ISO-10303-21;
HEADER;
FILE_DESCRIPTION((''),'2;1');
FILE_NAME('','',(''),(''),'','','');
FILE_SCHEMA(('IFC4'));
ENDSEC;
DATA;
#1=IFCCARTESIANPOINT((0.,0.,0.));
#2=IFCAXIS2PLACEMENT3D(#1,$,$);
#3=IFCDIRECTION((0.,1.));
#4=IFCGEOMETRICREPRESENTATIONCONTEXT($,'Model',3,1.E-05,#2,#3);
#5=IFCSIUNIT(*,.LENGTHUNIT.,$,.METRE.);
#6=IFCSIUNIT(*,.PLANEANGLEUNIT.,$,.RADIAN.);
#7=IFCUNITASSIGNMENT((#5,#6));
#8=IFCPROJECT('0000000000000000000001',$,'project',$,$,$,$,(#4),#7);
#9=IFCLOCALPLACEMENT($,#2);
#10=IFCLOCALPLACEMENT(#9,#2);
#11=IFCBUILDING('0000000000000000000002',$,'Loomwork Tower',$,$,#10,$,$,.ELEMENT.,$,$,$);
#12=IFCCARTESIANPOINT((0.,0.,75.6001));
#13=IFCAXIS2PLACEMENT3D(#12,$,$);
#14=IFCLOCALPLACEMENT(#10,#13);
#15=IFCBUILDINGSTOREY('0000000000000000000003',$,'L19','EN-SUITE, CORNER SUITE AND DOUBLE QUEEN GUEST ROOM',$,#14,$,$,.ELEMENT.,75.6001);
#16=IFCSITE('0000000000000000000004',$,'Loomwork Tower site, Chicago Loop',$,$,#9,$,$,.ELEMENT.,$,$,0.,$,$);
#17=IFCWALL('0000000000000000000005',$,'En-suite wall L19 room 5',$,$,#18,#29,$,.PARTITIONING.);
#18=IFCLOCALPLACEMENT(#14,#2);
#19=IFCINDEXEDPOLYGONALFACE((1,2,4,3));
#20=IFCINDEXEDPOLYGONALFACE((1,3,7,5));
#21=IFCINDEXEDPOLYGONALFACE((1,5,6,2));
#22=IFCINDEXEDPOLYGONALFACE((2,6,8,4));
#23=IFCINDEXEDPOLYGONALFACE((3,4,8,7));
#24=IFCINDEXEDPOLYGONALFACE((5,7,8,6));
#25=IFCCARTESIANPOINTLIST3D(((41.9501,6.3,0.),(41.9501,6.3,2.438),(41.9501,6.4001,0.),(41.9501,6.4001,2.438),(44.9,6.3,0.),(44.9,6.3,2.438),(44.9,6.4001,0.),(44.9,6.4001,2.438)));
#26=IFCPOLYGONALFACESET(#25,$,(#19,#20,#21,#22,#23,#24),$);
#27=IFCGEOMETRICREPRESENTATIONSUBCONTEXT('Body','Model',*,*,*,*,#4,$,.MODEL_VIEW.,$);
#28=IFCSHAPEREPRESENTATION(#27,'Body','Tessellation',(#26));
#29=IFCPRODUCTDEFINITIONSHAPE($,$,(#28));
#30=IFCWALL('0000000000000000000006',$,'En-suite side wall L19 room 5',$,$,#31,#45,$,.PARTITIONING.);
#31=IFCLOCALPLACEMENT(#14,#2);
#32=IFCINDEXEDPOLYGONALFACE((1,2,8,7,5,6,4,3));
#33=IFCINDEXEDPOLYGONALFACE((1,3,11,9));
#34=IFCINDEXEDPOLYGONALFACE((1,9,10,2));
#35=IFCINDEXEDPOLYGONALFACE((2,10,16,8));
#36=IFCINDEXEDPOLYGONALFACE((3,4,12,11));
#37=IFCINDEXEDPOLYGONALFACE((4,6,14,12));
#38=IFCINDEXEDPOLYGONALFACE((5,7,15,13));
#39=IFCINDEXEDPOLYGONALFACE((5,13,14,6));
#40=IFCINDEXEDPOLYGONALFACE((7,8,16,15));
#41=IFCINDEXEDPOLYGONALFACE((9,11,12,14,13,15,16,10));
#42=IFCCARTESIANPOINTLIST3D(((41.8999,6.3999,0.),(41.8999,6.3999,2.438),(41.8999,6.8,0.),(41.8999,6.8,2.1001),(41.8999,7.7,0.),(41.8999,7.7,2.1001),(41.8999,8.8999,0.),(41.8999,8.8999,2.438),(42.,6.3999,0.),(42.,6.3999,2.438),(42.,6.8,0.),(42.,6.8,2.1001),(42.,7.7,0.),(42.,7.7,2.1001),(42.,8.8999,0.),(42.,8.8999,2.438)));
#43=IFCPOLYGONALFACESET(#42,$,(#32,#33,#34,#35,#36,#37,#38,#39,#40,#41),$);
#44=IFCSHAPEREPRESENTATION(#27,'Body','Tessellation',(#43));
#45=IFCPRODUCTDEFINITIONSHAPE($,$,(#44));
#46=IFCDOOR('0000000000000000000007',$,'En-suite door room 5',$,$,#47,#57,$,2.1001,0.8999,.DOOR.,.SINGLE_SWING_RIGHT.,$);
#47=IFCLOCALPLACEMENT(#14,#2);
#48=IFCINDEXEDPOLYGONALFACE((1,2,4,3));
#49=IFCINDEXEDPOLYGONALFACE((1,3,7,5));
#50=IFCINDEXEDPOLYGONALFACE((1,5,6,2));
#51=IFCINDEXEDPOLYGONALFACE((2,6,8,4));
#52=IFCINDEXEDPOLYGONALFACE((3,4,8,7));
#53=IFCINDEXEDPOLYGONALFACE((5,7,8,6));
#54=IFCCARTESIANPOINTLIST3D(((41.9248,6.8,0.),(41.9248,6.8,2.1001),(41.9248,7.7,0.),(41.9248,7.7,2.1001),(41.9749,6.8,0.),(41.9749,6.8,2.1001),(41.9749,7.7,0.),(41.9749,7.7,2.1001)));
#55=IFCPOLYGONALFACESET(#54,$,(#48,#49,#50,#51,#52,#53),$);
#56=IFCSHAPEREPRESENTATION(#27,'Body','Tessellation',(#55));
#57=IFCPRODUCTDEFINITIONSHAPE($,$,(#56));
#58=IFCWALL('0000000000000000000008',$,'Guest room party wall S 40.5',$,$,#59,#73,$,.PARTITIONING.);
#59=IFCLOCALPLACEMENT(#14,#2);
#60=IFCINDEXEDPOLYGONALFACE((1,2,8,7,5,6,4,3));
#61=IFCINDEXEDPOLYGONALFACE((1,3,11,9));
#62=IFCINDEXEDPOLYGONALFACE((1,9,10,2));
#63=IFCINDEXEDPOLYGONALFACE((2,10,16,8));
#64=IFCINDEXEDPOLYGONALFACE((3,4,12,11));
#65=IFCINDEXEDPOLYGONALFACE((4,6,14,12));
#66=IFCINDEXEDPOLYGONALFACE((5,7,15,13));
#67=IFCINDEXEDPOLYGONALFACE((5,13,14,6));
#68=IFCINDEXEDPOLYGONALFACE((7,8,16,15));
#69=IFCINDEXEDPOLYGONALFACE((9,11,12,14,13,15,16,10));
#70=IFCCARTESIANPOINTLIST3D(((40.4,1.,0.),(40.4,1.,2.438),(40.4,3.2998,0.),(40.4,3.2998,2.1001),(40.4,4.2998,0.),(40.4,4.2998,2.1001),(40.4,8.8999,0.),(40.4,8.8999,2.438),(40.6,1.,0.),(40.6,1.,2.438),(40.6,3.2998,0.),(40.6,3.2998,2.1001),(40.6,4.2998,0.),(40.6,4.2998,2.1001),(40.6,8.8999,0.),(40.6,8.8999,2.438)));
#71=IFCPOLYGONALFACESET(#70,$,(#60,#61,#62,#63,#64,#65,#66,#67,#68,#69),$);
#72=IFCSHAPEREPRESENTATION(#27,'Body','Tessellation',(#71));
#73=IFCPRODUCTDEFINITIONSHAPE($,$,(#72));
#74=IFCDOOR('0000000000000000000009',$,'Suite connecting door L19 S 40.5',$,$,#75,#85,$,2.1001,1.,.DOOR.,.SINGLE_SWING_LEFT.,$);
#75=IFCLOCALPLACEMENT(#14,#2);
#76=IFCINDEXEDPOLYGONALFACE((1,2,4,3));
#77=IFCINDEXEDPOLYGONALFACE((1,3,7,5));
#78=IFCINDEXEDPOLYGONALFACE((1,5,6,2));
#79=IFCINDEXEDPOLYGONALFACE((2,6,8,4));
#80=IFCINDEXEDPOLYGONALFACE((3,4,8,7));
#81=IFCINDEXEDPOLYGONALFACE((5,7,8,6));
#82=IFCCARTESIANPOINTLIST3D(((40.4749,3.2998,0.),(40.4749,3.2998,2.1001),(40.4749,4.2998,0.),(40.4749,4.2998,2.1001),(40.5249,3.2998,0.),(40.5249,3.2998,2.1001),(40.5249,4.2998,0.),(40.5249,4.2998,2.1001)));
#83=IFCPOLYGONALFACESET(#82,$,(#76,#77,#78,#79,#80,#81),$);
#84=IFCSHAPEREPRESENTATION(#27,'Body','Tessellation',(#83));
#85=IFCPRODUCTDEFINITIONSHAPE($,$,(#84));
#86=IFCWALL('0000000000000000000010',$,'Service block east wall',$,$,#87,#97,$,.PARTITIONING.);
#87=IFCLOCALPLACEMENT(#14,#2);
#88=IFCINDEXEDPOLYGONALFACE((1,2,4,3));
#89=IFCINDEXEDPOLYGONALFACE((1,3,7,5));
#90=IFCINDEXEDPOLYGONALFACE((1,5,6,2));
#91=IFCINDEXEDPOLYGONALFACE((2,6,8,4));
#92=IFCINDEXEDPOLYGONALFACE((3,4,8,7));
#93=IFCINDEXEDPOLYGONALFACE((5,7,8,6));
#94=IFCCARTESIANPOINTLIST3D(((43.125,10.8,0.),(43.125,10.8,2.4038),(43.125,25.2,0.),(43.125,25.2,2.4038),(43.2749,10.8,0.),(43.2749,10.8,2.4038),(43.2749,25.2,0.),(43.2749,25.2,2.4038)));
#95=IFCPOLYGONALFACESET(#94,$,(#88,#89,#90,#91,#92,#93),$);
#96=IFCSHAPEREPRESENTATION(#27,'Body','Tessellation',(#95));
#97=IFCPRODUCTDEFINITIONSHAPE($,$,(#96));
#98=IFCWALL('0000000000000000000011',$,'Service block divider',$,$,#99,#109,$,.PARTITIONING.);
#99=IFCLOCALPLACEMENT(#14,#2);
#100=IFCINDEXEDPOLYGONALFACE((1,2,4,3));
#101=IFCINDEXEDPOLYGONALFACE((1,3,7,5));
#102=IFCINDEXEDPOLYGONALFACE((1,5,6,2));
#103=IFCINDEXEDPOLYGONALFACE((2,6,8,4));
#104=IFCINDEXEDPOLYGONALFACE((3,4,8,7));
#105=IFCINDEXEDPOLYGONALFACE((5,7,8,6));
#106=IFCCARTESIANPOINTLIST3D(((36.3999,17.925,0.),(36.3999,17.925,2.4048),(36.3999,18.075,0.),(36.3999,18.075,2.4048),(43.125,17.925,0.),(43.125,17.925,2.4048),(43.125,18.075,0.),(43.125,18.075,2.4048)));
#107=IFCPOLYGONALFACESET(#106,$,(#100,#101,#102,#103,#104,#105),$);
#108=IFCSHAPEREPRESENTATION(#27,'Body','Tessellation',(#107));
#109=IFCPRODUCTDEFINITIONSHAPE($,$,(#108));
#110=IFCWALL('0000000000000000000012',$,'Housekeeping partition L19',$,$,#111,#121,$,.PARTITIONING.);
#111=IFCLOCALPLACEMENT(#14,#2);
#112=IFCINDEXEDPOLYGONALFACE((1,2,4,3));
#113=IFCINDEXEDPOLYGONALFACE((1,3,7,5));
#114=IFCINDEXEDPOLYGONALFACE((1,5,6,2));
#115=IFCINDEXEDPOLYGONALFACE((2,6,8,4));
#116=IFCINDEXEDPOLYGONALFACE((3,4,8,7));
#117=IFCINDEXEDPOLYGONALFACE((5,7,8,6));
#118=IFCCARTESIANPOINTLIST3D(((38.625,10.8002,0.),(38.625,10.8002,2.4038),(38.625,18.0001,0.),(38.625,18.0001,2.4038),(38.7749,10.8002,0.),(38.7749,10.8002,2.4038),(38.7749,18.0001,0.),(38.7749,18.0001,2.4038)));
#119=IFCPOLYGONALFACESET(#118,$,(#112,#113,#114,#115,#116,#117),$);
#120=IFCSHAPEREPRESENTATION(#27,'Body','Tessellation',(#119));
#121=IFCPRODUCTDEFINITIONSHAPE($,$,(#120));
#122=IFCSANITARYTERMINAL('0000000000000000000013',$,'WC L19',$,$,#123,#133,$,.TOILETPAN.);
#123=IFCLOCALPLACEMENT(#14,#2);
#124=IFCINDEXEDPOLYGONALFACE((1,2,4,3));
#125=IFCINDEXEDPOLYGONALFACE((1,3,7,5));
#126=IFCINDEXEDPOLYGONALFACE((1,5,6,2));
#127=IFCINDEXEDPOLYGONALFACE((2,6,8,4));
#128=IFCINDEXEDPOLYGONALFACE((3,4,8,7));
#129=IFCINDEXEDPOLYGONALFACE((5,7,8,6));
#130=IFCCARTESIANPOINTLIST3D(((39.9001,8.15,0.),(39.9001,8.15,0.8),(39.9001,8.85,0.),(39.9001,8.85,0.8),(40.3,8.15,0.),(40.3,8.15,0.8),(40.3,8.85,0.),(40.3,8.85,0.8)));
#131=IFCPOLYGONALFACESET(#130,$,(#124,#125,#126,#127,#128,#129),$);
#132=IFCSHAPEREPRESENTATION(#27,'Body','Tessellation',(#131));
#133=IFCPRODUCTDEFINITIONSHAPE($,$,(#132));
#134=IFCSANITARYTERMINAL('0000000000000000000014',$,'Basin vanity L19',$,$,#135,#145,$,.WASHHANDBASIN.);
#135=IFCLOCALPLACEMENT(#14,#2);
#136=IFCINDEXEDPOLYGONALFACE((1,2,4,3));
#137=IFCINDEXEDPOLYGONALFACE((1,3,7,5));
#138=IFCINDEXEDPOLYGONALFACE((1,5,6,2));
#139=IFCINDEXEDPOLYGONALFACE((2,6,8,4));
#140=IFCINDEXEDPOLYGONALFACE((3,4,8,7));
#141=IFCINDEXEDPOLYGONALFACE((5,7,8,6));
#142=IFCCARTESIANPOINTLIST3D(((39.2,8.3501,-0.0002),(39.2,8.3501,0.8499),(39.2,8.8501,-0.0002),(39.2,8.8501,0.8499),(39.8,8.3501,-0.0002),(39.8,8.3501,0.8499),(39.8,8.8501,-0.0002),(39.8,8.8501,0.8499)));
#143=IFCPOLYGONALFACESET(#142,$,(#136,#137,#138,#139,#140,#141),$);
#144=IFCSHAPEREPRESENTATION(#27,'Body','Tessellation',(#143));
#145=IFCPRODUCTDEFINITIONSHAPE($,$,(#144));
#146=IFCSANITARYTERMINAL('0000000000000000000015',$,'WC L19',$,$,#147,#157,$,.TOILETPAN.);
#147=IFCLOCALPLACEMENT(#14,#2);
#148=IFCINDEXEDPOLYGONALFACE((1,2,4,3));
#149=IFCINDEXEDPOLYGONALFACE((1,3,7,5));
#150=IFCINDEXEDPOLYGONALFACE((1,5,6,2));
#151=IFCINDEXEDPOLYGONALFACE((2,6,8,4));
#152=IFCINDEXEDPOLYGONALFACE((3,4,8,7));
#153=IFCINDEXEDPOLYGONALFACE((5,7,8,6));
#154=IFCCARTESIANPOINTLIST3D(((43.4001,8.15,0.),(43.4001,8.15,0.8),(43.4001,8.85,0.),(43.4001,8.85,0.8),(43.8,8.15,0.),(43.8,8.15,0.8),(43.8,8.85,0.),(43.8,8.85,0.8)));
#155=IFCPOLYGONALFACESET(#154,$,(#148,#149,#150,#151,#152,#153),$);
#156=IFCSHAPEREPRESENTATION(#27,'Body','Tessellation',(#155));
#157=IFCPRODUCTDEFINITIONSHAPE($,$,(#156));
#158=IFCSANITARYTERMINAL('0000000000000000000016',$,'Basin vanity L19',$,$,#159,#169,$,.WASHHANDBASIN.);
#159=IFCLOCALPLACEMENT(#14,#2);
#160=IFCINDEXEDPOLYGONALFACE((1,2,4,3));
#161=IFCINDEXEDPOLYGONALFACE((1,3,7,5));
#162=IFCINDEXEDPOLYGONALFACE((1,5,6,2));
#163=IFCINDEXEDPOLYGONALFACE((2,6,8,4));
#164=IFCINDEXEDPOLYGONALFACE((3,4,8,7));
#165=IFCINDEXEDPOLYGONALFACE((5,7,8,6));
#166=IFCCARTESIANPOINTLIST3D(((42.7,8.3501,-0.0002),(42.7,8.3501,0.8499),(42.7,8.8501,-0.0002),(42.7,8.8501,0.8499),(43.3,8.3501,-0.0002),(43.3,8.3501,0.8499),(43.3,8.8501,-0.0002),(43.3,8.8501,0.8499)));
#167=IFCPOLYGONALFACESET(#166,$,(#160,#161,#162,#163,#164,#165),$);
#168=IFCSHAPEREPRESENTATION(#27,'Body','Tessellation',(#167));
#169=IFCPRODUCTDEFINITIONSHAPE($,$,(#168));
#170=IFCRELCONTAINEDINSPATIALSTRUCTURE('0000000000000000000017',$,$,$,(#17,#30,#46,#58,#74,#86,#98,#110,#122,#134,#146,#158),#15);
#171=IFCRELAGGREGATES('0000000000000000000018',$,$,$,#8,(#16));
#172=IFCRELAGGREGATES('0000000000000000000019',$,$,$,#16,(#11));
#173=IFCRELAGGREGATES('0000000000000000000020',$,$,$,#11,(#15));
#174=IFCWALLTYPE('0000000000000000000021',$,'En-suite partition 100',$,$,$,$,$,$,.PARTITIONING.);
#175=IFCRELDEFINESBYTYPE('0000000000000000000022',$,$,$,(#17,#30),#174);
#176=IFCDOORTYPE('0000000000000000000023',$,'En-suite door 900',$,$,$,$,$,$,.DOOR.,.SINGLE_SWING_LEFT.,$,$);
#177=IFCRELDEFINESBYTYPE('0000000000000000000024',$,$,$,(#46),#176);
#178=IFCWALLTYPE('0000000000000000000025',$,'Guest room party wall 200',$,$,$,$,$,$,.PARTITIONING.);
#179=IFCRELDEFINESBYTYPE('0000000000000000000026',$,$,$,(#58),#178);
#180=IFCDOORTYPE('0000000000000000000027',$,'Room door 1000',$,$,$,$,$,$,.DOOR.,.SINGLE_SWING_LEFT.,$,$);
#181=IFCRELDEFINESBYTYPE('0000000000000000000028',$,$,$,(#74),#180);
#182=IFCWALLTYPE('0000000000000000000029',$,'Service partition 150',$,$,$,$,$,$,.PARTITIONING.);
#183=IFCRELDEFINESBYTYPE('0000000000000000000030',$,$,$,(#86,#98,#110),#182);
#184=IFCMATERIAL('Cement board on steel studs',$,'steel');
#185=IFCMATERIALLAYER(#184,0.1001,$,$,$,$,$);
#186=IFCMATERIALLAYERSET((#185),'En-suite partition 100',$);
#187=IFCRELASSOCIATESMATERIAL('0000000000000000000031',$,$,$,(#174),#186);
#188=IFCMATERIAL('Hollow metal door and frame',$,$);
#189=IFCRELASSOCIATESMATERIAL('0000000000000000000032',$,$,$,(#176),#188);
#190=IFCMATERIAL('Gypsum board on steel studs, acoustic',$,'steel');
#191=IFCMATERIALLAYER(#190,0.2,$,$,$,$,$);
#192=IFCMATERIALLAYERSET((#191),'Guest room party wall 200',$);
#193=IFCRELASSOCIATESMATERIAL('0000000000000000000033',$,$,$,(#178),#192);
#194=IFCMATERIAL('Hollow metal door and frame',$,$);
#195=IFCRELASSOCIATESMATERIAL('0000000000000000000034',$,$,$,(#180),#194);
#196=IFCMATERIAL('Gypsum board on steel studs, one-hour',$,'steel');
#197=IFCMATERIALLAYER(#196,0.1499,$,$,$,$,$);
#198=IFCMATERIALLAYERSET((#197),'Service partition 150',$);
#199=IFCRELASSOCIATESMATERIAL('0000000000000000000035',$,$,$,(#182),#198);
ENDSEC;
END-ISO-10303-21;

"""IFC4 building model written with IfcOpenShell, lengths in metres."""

from ifc_helpers import new_model, si_unit, direction, frame, frame_2d, origin, origin_2d, place, context, subcontext, project, spatial, rectangle, extrude, material, layer, layer_set, type_object, element, fill, save


model = new_model("IFC4")

# Units and contexts
model_context = context("Model", 3, precision=1e-05, world=origin(), true_north=direction((0.0, 1.0)))
body_context = subcontext(model_context, "Body", "Model", "MODEL_VIEW")
ifc_project = project(units=[si_unit("LENGTHUNIT", "METRE"), si_unit("PLANEANGLEUNIT", "RADIAN")], contexts=[model_context])

# Site, building, storey
site_placement = place(None, origin())
site = spatial("IfcSite", under=ifc_project, at=site_placement, Name="Loomwork Tower site, Chicago Loop", CompositionType="ELEMENT", RefElevation=0.0)
building_placement = place(site_placement, origin())
building = spatial("IfcBuilding", under=site, at=building_placement, Name="Loomwork Tower", CompositionType="ELEMENT")
storey_placement = place(building_placement, frame((0.0, 0.0, 75.6001)))
storey = spatial("IfcBuildingStorey", under=building, at=storey_placement, Name="L19", Description="EN-SUITE, CORNER SUITE AND DOUBLE QUEEN GUEST ROOM", CompositionType="ELEMENT", Elevation=75.6001)

# Shared definitions
ifc_material_1 = material(Name="Cement board on steel studs", Category="steel")
ifc_layer_1 = layer(ifc_material_1, 0.1001)
ifc_layer_set_1 = layer_set([ifc_layer_1], Name="En-suite partition 100")
wall_type_1 = type_object("IfcWallType", Name="En-suite partition 100", PredefinedType="PARTITIONING", material=ifc_layer_set_1)

# Shared definitions
ifc_material_2 = material(Name="Hollow metal door and frame")
door_type_1 = type_object("IfcDoorType", Name="En-suite door 900", OperationType="SINGLE_SWING_LEFT", PredefinedType="DOOR", material=ifc_material_2)

# Wall
wall_1_placement = place(storey_placement, frame((41.95, 6.3501, 0.0), z_axis=(0.0, 0.0, 1.0), x_axis=(1.0, 0.0, 0.0)))
element("IfcWall", 1, at=wall_1_placement, inside=storey, type_object=wall_type_1, Name="En-suite wall L19 room 5", PredefinedType="PARTITIONING", context=body_context, shape_type="SweptSolid", body=[
    extrude(rectangle(XDim=2.95, YDim=0.1001, at=frame_2d((1.4751, 0.0))), origin(), (0.0, 0.0, 1.0), 2.438),
])

# Walls, openings, doors
wall_2_placement = place(storey_placement, frame((41.95, 8.8999, 0.0), z_axis=(0.0, 0.0, 1.0), x_axis=(0.0, -1.0, 0.0)))
wall_2 = element("IfcWall", 2, at=wall_2_placement, inside=storey, type_object=wall_type_1, Name="En-suite side wall L19 room 5", PredefinedType="PARTITIONING", context=body_context, shape_type="SweptSolid", body=[
    extrude(rectangle(XDim=2.5, YDim=0.1001, at=frame_2d((1.25, 0.0))), origin(), (0.0, 0.0, 1.0), 2.438),
])
opening_1_placement = place(wall_2_placement, frame((1.2, 0.0, 0.0)))
opening_1 = element("IfcOpeningElement", 3, at=opening_1_placement, cuts=wall_2, PredefinedType="OPENING", context=body_context, shape_type="SweptSolid", body=[
    extrude(rectangle(XDim=0.8999, YDim=2.1001, at=frame_2d((0.45, 1.05))), frame((0.0, 0.0601, 0.0), z_axis=(0.0, -1.0, 0.0), x_axis=(1.0, 0.0, 0.0)), (0.0, 0.0, 1.0), 0.1201),
])
door_1_placement = place(opening_1_placement, origin())
door_1 = element("IfcDoor", 4, at=door_1_placement, inside=storey, type_object=door_type_1, Name="En-suite door room 5", OperationType="SINGLE_SWING_RIGHT", OverallHeight=2.1001, OverallWidth=0.8999, PredefinedType="DOOR", context=body_context, shape_type="SweptSolid", body=[
    extrude(rectangle(XDim=0.8999, YDim=2.1001, at=frame_2d((0.45, 1.05))), frame((0.0, 0.0249, 0.0), z_axis=(0.0, -1.0, 0.0), x_axis=(1.0, 0.0, 0.0)), (0.0, 0.0, 1.0), 0.05),
])
fill(opening_1, door_1)
ifc_material_3 = material(Name="Gypsum board on steel studs, acoustic", Category="steel")
ifc_layer_2 = layer(ifc_material_3, 0.2)
ifc_layer_set_2 = layer_set([ifc_layer_2], Name="Guest room party wall 200")
wall_type_2 = type_object("IfcWallType", Name="Guest room party wall 200", PredefinedType="PARTITIONING", material=ifc_layer_set_2)
wall_3_placement = place(storey_placement, frame((40.5, 8.8999, 0.0), z_axis=(0.0, 0.0, 1.0), x_axis=(0.0, -1.0, 0.0)))
wall_3 = element("IfcWall", 5, at=wall_3_placement, inside=storey, type_object=wall_type_2, Name="Guest room party wall S 40.5", PredefinedType="PARTITIONING", context=body_context, shape_type="SweptSolid", body=[
    extrude(rectangle(XDim=7.8999, YDim=0.2, at=frame_2d((3.95, 0.0))), origin(), (0.0, 0.0, 1.0), 2.438),
])
opening_2_placement = place(wall_3_placement, frame((4.6001, 0.0, 0.0)))
opening_2 = element("IfcOpeningElement", 6, at=opening_2_placement, cuts=wall_3, PredefinedType="OPENING", context=body_context, shape_type="SweptSolid", body=[
    extrude(rectangle(XDim=1.0, YDim=2.1001, at=frame_2d((0.5, 1.05))), frame((0.0, 0.1099, 0.0), z_axis=(0.0, -1.0, 0.0), x_axis=(1.0, 0.0, 0.0)), (0.0, 0.0, 1.0), 0.22),
])
ifc_material_4 = material(Name="Hollow metal door and frame")
door_type_2 = type_object("IfcDoorType", Name="Room door 1000", OperationType="SINGLE_SWING_LEFT", PredefinedType="DOOR", material=ifc_material_4)
door_2_placement = place(opening_2_placement, origin())
door_2 = element("IfcDoor", 7, at=door_2_placement, inside=storey, type_object=door_type_2, Name="Suite connecting door L19 S 40.5", OperationType="SINGLE_SWING_LEFT", OverallHeight=2.1001, OverallWidth=1.0, PredefinedType="DOOR", context=body_context, shape_type="SweptSolid", body=[
    extrude(rectangle(XDim=1.0, YDim=2.1001, at=frame_2d((0.5, 1.05))), frame((0.0, 0.0249, 0.0), z_axis=(0.0, -1.0, 0.0), x_axis=(1.0, 0.0, 0.0)), (0.0, 0.0, 1.0), 0.05),
])
fill(opening_2, door_2)

# Walls
ifc_material_5 = material(Name="Gypsum board on steel studs, one-hour", Category="steel")
ifc_layer_3 = layer(ifc_material_5, 0.1499)
ifc_layer_set_3 = layer_set([ifc_layer_3], Name="Service partition 150")
wall_type_3 = type_object("IfcWallType", Name="Service partition 150", PredefinedType="PARTITIONING", material=ifc_layer_set_3)
wall_4_placement = place(storey_placement, frame((43.2, 10.8, 0.0), z_axis=(0.0, 0.0, 1.0), x_axis=(0.0, 1.0, 0.0)))
element("IfcWall", 8, at=wall_4_placement, inside=storey, type_object=wall_type_3, Name="Service block east wall", PredefinedType="PARTITIONING", context=body_context, shape_type="SweptSolid", body=[
    extrude(rectangle(XDim=14.3999, YDim=0.1499, at=frame_2d((7.2, 0.0))), origin(), (0.0, 0.0, 1.0), 2.4038),
])
wall_5_placement = place(storey_placement, frame((36.3999, 18.0, 0.0), z_axis=(0.0, 0.0, 1.0), x_axis=(1.0, 0.0, 0.0)))
element("IfcWall", 9, at=wall_5_placement, inside=storey, type_object=wall_type_3, Name="Service block divider", PredefinedType="PARTITIONING", context=body_context, shape_type="SweptSolid", body=[
    extrude(rectangle(XDim=6.7251, YDim=0.1499, at=frame_2d((3.3625, 0.0))), origin(), (0.0, 0.0, 1.0), 2.4048),
])
wall_6_placement = place(storey_placement, frame((38.7, 10.8, 0.0), z_axis=(0.0, 0.0, 1.0), x_axis=(0.0, 1.0, 0.0)))
element("IfcWall", 10, at=wall_6_placement, inside=storey, type_object=wall_type_3, Name="Housekeeping partition L19", PredefinedType="PARTITIONING", context=body_context, shape_type="SweptSolid", body=[
    extrude(rectangle(XDim=7.2, YDim=0.1499, at=frame_2d((3.6001, 0.0))), origin(), (0.0, 0.0, 1.0), 2.4038),
])

# Sanitary terminals
sanitary_terminal_1_placement = place(storey_placement, frame((40.1001, 8.5, 0.0), z_axis=(0.0, 0.0, 1.0), x_axis=(1.0, 0.0, 0.0)))
element("IfcSanitaryTerminal", 11, at=sanitary_terminal_1_placement, inside=storey, Name="WC L19", PredefinedType="TOILETPAN", context=body_context, shape_type="SweptSolid", body=[
    extrude(rectangle(XDim=0.3999, YDim=0.7, at=origin_2d()), origin(), (0.0, 0.0, 1.0), 0.8),
])
sanitary_terminal_2_placement = place(storey_placement, frame((39.5, 8.6001, -0.0002), z_axis=(0.0, 0.0, 1.0), x_axis=(1.0, 0.0, 0.0)))
element("IfcSanitaryTerminal", 12, at=sanitary_terminal_2_placement, inside=storey, Name="Basin vanity L19", PredefinedType="WASHHANDBASIN", context=body_context, shape_type="SweptSolid", body=[
    extrude(rectangle(XDim=0.6001, YDim=0.5, at=origin_2d()), origin(), (0.0, 0.0, 1.0), 0.8501),
])
sanitary_terminal_3_placement = place(storey_placement, frame((43.6001, 8.5, 0.0), z_axis=(0.0, 0.0, 1.0), x_axis=(1.0, 0.0, 0.0)))
element("IfcSanitaryTerminal", 13, at=sanitary_terminal_3_placement, inside=storey, Name="WC L19", PredefinedType="TOILETPAN", context=body_context, shape_type="SweptSolid", body=[
    extrude(rectangle(XDim=0.3999, YDim=0.7, at=origin_2d()), origin(), (0.0, 0.0, 1.0), 0.8),
])
sanitary_terminal_4_placement = place(storey_placement, frame((43.0, 8.6001, -0.0002), z_axis=(0.0, 0.0, 1.0), x_axis=(1.0, 0.0, 0.0)))
element("IfcSanitaryTerminal", 14, at=sanitary_terminal_4_placement, inside=storey, Name="Basin vanity L19", PredefinedType="WASHHANDBASIN", context=body_context, shape_type="SweptSolid", body=[
    extrude(rectangle(XDim=0.6001, YDim=0.5, at=origin_2d()), origin(), (0.0, 0.0, 1.0), 0.8501),
])

save(model, "model.ifc")
